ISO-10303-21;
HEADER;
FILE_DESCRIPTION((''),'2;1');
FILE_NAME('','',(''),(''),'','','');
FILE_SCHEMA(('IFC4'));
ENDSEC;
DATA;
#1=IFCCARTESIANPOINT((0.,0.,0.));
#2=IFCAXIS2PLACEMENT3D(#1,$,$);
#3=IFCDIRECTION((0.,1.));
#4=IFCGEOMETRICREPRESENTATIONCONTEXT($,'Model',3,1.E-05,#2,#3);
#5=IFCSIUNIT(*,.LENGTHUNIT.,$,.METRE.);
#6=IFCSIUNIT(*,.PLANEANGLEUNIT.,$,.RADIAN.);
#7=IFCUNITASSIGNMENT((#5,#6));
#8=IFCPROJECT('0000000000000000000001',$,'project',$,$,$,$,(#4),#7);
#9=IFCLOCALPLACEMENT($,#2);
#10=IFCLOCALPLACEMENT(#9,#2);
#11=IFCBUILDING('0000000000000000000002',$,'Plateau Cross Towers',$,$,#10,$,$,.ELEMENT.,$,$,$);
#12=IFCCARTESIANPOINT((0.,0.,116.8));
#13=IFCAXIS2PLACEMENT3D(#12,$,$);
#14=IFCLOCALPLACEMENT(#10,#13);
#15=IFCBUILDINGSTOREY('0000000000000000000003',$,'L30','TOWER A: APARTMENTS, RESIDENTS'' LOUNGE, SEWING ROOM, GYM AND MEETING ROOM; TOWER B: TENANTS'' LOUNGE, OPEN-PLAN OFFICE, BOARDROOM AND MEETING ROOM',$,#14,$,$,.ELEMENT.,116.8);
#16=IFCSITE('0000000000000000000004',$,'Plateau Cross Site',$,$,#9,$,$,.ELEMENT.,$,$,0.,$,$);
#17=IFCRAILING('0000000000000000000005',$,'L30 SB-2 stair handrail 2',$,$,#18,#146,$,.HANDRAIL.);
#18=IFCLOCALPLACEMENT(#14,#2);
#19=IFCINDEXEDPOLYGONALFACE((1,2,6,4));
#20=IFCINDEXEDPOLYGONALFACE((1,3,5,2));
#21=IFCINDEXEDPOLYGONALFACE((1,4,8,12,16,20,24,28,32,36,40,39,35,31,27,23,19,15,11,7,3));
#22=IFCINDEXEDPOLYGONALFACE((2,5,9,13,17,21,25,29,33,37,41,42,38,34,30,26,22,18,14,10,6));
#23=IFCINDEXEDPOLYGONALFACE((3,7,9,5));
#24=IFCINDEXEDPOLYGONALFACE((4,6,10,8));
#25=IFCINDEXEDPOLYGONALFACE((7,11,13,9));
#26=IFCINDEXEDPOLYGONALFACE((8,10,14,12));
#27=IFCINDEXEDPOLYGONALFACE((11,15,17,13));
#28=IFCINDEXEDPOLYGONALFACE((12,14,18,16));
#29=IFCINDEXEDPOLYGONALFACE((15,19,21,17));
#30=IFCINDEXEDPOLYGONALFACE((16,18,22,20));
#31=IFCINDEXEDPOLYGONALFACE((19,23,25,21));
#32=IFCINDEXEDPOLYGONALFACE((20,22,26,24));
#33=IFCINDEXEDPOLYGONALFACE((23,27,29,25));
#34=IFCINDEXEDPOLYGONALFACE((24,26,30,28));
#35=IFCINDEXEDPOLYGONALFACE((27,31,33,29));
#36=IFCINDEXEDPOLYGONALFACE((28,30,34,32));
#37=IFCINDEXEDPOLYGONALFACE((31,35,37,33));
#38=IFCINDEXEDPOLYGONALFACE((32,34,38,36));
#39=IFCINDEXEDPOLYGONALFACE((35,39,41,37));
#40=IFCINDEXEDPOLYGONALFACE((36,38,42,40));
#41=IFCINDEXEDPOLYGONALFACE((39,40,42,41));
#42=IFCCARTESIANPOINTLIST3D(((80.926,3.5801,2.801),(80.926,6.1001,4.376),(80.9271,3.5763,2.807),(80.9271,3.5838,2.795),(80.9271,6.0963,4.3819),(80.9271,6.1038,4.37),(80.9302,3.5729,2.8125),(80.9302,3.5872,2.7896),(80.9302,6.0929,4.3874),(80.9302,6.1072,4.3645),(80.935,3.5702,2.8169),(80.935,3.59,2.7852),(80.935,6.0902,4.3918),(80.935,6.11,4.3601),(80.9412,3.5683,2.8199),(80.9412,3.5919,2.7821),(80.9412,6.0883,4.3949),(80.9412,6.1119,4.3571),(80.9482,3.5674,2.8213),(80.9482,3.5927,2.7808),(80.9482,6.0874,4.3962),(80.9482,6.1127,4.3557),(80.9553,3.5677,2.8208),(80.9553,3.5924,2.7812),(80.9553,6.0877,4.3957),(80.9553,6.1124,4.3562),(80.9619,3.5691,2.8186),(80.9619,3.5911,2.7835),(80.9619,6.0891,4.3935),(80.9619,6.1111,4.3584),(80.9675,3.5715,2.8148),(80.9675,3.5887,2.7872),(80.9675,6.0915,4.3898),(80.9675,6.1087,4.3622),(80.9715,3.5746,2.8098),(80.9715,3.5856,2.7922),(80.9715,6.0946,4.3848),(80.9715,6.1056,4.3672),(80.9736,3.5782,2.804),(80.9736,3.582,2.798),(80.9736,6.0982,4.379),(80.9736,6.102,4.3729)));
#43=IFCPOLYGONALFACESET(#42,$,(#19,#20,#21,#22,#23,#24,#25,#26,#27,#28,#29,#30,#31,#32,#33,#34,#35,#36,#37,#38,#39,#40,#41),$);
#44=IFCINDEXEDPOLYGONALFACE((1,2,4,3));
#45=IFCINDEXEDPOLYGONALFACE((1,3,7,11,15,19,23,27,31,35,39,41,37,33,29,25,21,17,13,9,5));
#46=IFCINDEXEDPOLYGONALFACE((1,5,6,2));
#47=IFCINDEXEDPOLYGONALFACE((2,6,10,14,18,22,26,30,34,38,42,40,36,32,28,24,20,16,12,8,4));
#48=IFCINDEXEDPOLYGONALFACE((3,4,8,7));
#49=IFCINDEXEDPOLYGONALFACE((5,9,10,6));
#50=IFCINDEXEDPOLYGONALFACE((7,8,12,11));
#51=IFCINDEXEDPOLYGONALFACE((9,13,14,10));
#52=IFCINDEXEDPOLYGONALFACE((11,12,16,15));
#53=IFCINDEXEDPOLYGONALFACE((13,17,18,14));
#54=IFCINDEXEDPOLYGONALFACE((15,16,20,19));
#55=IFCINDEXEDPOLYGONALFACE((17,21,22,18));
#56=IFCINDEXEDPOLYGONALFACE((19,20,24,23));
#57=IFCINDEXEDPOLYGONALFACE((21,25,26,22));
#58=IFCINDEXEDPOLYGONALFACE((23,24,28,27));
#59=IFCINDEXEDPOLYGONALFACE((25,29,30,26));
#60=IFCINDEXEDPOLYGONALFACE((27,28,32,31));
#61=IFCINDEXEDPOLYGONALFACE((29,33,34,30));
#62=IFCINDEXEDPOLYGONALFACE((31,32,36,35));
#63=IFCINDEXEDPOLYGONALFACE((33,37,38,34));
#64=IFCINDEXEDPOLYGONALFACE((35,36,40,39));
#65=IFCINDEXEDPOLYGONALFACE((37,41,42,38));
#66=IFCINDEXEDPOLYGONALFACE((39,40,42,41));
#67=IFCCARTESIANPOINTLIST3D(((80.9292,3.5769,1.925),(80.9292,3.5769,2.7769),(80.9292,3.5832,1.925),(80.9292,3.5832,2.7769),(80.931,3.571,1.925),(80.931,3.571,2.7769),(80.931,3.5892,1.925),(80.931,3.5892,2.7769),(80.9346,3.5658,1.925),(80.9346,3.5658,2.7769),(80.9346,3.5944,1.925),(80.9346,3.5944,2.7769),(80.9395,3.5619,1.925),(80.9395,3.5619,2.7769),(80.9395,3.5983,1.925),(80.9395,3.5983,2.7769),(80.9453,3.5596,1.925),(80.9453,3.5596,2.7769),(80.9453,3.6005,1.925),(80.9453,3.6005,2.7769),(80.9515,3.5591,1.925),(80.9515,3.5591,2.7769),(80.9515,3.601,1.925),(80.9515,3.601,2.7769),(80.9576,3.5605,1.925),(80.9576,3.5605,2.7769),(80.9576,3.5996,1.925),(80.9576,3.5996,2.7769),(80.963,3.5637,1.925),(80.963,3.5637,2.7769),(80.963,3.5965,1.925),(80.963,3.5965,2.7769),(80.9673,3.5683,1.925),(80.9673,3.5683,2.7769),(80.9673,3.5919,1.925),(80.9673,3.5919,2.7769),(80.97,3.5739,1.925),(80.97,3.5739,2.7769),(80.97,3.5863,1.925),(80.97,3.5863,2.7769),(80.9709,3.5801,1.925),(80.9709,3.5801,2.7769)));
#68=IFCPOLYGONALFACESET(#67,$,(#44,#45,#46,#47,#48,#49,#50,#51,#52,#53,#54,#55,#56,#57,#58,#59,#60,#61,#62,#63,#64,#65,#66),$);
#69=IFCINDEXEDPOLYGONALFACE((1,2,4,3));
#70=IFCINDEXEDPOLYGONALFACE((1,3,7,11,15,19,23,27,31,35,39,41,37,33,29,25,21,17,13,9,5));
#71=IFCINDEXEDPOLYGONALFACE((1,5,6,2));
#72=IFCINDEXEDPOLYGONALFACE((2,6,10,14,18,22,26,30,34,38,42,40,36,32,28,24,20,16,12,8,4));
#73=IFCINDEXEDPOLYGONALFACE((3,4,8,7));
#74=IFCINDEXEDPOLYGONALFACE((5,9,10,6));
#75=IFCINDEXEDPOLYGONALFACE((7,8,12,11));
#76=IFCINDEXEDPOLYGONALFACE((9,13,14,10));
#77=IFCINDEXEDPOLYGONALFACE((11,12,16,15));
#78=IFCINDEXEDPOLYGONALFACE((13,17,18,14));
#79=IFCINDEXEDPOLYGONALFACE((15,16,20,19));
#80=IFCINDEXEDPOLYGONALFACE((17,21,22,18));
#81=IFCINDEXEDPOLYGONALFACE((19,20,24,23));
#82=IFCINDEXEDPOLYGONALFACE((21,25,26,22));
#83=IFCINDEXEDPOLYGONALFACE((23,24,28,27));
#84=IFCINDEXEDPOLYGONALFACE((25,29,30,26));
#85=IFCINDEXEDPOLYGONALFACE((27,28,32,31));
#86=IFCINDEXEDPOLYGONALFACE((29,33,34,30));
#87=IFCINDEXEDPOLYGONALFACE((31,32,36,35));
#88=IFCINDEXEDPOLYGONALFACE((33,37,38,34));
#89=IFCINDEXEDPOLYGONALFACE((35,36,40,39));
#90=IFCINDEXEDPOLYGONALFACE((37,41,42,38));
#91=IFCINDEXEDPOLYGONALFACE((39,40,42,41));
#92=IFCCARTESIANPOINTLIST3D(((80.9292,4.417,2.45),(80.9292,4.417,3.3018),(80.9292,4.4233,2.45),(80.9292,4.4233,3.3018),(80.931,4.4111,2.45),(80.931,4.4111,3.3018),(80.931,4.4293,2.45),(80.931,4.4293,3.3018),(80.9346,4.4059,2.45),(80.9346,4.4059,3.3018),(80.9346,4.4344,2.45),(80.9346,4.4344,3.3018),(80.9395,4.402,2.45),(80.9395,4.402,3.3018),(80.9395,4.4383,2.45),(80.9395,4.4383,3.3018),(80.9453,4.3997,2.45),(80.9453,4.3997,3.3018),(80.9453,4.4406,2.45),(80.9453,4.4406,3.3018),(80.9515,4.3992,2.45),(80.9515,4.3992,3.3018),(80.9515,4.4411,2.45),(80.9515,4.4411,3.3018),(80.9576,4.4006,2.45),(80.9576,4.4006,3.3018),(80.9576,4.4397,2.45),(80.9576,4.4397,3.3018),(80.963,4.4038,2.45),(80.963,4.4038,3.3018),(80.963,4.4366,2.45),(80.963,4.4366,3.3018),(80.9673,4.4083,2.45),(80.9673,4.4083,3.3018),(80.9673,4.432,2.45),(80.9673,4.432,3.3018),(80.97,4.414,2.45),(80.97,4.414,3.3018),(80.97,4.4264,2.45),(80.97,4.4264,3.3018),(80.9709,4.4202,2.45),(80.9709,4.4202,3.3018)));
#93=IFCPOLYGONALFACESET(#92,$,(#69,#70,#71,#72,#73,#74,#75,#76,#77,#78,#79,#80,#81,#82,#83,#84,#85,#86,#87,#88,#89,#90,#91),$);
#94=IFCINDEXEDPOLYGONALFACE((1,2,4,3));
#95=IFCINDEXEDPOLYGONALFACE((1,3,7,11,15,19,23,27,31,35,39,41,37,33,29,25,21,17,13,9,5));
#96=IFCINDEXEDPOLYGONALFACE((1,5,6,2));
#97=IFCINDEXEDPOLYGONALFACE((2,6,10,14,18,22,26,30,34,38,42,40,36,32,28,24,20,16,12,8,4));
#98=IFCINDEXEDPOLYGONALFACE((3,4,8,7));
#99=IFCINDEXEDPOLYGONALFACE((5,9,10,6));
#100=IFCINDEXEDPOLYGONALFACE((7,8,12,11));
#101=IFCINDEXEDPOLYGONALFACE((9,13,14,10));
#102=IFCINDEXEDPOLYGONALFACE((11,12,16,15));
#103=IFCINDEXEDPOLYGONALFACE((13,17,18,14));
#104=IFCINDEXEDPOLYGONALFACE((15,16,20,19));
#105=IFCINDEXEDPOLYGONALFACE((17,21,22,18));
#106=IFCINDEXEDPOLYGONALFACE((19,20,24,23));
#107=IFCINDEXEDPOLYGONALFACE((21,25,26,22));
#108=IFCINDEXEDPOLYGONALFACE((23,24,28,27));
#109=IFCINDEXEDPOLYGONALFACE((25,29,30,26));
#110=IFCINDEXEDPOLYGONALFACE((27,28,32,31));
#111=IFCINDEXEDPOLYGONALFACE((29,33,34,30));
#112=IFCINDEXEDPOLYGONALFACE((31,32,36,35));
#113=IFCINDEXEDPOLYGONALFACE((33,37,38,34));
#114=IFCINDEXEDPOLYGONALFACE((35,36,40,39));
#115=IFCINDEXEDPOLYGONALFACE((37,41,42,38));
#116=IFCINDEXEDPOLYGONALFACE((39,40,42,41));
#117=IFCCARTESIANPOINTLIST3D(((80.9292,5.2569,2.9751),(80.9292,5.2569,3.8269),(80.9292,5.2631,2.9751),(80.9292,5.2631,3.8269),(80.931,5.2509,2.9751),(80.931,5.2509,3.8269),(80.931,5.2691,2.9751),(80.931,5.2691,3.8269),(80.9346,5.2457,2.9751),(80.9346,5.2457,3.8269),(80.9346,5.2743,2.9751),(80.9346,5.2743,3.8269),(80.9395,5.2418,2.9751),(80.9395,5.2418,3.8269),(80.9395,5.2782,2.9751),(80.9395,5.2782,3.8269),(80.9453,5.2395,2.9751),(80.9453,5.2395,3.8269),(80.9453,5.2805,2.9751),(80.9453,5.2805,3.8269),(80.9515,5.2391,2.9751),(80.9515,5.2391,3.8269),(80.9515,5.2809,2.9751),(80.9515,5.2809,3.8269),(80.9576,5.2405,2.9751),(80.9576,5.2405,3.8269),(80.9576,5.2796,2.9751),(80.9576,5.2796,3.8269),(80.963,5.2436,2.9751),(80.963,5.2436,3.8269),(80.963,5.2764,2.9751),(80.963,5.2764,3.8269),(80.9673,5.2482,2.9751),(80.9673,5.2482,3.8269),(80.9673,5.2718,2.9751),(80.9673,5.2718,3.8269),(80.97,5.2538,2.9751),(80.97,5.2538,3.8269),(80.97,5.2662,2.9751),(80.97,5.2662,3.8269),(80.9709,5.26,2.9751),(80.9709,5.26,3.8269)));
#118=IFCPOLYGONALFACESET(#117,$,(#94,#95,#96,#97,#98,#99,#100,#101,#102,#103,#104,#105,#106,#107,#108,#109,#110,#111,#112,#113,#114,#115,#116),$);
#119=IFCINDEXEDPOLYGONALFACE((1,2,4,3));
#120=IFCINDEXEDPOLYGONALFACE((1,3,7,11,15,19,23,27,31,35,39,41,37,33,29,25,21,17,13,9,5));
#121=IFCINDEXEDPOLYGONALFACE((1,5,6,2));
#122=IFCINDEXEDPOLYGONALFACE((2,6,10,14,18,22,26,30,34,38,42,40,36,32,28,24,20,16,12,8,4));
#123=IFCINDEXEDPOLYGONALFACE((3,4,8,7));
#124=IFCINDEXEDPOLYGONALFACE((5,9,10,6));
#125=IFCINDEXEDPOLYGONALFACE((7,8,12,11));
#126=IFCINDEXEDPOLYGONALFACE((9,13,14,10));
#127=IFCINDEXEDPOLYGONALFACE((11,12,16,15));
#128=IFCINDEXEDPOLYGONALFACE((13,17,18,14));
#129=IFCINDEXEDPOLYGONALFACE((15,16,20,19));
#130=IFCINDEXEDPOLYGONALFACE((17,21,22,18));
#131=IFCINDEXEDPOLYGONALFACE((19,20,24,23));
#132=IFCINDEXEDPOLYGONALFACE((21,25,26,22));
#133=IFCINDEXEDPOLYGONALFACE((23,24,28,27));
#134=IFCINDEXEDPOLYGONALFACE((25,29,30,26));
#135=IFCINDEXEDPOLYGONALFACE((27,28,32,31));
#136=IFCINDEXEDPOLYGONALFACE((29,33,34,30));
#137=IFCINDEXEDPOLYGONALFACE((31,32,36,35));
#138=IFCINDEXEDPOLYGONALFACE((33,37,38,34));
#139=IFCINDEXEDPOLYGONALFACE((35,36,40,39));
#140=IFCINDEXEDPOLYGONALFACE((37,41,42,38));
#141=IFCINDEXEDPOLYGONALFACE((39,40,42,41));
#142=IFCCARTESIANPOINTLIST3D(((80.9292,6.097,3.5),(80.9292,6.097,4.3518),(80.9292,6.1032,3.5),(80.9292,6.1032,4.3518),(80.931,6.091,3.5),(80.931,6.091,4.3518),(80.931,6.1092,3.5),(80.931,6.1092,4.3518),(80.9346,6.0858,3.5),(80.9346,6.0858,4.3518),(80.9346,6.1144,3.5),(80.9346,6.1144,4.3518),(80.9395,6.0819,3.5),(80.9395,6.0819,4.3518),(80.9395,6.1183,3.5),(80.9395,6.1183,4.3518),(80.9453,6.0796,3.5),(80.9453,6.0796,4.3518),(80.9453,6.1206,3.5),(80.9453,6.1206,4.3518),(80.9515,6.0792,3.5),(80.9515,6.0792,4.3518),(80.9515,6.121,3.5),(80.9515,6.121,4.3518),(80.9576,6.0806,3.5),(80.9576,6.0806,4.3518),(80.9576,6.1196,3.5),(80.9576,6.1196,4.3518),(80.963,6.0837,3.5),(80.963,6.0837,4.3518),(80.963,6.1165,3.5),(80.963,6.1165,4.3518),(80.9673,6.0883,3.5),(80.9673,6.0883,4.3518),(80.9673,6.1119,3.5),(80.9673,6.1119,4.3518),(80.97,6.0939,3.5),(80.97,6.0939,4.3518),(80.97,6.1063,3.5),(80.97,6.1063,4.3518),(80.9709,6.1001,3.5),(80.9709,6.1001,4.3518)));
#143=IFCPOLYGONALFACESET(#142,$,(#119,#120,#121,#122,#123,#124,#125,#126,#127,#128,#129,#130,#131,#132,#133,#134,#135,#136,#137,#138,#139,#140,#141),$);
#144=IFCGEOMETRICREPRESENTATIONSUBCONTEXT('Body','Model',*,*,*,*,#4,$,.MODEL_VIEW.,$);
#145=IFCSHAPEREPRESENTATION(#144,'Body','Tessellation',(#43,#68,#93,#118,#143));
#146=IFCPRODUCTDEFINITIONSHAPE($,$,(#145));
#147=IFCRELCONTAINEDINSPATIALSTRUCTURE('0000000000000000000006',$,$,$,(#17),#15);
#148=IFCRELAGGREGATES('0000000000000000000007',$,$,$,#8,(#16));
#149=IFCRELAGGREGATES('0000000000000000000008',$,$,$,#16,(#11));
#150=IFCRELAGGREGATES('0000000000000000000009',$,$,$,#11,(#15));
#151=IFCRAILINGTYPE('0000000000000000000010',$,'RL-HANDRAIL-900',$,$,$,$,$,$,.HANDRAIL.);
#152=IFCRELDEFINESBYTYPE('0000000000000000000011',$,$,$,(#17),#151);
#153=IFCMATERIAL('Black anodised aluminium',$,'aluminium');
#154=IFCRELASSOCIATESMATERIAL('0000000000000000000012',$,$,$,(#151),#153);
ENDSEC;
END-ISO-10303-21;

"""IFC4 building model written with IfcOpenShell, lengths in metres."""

from ifc_helpers import new_model, si_unit, direction, frame, origin, origin_2d, place, context, subcontext, project, spatial, circle, extrude, material, type_object, element, save


model = new_model("IFC4")

# Units and contexts
model_context = context("Model", 3, precision=1e-05, world=origin(), true_north=direction((0.0, 1.0)))
body_context = subcontext(model_context, "Body", "Model", "MODEL_VIEW")
ifc_project = project(units=[si_unit("LENGTHUNIT", "METRE"), si_unit("PLANEANGLEUNIT", "RADIAN")], contexts=[model_context])

# Site, building, storey
site_placement = place(None, origin())
site = spatial("IfcSite", under=ifc_project, at=site_placement, Name="Plateau Cross Site", CompositionType="ELEMENT", RefElevation=0.0)
building_placement = place(site_placement, origin())
building = spatial("IfcBuilding", under=site, at=building_placement, Name="Plateau Cross Towers", CompositionType="ELEMENT")
storey_placement = place(building_placement, frame((0.0, 0.0, 116.8)))
storey = spatial("IfcBuildingStorey", under=building, at=storey_placement, Name="L30", Description="TOWER A: APARTMENTS, RESIDENTS' LOUNGE, SEWING ROOM, GYM AND MEETING ROOM; TOWER B: TENANTS' LOUNGE, OPEN-PLAN OFFICE, BOARDROOM AND MEETING ROOM", CompositionType="ELEMENT", Elevation=116.8)

# Shared definitions
ifc_material_1 = material(Name="Black anodised aluminium", Category="aluminium")

# Railing
railing_type_1 = type_object("IfcRailingType", Name="RL-HANDRAIL-900", PredefinedType="HANDRAIL", material=ifc_material_1)
for number, where, name in (
    (1, (80.95, 3.5801, 1.925), "L30 SB-2 stair handrail 2"),
):
    element("IfcRailing", number, at=place(storey_placement, frame(where)), inside=storey, type_object=railing_type_1, Name=name, PredefinedType="HANDRAIL", context=body_context, shape_type="SweptSolid", body=[
        extrude(circle(Radius=0.0239, at=origin_2d()), frame((0.0, 0.0, 0.876), z_axis=(0.0, 0.848008, 0.529984), x_axis=(-1.0, 0.0, 0.0)), (0.0, 0.0, 1.0), 2.9717),
        extrude(circle(Radius=0.021, at=origin_2d()), origin(), (0.0, 0.0, 1.0), 0.8518),
        extrude(circle(Radius=0.021, at=origin_2d()), frame((0.0, 0.8401, 0.5249)), (0.0, 0.0, 1.0), 0.8518),
        extrude(circle(Radius=0.021, at=origin_2d()), frame((0.0, 1.6799, 1.05)), (0.0, 0.0, 1.0), 0.8518),
        extrude(circle(Radius=0.021, at=origin_2d()), frame((0.0, 2.52, 1.575)), (0.0, 0.0, 1.0), 0.8518),
    ])

save(model, "model.ifc")
